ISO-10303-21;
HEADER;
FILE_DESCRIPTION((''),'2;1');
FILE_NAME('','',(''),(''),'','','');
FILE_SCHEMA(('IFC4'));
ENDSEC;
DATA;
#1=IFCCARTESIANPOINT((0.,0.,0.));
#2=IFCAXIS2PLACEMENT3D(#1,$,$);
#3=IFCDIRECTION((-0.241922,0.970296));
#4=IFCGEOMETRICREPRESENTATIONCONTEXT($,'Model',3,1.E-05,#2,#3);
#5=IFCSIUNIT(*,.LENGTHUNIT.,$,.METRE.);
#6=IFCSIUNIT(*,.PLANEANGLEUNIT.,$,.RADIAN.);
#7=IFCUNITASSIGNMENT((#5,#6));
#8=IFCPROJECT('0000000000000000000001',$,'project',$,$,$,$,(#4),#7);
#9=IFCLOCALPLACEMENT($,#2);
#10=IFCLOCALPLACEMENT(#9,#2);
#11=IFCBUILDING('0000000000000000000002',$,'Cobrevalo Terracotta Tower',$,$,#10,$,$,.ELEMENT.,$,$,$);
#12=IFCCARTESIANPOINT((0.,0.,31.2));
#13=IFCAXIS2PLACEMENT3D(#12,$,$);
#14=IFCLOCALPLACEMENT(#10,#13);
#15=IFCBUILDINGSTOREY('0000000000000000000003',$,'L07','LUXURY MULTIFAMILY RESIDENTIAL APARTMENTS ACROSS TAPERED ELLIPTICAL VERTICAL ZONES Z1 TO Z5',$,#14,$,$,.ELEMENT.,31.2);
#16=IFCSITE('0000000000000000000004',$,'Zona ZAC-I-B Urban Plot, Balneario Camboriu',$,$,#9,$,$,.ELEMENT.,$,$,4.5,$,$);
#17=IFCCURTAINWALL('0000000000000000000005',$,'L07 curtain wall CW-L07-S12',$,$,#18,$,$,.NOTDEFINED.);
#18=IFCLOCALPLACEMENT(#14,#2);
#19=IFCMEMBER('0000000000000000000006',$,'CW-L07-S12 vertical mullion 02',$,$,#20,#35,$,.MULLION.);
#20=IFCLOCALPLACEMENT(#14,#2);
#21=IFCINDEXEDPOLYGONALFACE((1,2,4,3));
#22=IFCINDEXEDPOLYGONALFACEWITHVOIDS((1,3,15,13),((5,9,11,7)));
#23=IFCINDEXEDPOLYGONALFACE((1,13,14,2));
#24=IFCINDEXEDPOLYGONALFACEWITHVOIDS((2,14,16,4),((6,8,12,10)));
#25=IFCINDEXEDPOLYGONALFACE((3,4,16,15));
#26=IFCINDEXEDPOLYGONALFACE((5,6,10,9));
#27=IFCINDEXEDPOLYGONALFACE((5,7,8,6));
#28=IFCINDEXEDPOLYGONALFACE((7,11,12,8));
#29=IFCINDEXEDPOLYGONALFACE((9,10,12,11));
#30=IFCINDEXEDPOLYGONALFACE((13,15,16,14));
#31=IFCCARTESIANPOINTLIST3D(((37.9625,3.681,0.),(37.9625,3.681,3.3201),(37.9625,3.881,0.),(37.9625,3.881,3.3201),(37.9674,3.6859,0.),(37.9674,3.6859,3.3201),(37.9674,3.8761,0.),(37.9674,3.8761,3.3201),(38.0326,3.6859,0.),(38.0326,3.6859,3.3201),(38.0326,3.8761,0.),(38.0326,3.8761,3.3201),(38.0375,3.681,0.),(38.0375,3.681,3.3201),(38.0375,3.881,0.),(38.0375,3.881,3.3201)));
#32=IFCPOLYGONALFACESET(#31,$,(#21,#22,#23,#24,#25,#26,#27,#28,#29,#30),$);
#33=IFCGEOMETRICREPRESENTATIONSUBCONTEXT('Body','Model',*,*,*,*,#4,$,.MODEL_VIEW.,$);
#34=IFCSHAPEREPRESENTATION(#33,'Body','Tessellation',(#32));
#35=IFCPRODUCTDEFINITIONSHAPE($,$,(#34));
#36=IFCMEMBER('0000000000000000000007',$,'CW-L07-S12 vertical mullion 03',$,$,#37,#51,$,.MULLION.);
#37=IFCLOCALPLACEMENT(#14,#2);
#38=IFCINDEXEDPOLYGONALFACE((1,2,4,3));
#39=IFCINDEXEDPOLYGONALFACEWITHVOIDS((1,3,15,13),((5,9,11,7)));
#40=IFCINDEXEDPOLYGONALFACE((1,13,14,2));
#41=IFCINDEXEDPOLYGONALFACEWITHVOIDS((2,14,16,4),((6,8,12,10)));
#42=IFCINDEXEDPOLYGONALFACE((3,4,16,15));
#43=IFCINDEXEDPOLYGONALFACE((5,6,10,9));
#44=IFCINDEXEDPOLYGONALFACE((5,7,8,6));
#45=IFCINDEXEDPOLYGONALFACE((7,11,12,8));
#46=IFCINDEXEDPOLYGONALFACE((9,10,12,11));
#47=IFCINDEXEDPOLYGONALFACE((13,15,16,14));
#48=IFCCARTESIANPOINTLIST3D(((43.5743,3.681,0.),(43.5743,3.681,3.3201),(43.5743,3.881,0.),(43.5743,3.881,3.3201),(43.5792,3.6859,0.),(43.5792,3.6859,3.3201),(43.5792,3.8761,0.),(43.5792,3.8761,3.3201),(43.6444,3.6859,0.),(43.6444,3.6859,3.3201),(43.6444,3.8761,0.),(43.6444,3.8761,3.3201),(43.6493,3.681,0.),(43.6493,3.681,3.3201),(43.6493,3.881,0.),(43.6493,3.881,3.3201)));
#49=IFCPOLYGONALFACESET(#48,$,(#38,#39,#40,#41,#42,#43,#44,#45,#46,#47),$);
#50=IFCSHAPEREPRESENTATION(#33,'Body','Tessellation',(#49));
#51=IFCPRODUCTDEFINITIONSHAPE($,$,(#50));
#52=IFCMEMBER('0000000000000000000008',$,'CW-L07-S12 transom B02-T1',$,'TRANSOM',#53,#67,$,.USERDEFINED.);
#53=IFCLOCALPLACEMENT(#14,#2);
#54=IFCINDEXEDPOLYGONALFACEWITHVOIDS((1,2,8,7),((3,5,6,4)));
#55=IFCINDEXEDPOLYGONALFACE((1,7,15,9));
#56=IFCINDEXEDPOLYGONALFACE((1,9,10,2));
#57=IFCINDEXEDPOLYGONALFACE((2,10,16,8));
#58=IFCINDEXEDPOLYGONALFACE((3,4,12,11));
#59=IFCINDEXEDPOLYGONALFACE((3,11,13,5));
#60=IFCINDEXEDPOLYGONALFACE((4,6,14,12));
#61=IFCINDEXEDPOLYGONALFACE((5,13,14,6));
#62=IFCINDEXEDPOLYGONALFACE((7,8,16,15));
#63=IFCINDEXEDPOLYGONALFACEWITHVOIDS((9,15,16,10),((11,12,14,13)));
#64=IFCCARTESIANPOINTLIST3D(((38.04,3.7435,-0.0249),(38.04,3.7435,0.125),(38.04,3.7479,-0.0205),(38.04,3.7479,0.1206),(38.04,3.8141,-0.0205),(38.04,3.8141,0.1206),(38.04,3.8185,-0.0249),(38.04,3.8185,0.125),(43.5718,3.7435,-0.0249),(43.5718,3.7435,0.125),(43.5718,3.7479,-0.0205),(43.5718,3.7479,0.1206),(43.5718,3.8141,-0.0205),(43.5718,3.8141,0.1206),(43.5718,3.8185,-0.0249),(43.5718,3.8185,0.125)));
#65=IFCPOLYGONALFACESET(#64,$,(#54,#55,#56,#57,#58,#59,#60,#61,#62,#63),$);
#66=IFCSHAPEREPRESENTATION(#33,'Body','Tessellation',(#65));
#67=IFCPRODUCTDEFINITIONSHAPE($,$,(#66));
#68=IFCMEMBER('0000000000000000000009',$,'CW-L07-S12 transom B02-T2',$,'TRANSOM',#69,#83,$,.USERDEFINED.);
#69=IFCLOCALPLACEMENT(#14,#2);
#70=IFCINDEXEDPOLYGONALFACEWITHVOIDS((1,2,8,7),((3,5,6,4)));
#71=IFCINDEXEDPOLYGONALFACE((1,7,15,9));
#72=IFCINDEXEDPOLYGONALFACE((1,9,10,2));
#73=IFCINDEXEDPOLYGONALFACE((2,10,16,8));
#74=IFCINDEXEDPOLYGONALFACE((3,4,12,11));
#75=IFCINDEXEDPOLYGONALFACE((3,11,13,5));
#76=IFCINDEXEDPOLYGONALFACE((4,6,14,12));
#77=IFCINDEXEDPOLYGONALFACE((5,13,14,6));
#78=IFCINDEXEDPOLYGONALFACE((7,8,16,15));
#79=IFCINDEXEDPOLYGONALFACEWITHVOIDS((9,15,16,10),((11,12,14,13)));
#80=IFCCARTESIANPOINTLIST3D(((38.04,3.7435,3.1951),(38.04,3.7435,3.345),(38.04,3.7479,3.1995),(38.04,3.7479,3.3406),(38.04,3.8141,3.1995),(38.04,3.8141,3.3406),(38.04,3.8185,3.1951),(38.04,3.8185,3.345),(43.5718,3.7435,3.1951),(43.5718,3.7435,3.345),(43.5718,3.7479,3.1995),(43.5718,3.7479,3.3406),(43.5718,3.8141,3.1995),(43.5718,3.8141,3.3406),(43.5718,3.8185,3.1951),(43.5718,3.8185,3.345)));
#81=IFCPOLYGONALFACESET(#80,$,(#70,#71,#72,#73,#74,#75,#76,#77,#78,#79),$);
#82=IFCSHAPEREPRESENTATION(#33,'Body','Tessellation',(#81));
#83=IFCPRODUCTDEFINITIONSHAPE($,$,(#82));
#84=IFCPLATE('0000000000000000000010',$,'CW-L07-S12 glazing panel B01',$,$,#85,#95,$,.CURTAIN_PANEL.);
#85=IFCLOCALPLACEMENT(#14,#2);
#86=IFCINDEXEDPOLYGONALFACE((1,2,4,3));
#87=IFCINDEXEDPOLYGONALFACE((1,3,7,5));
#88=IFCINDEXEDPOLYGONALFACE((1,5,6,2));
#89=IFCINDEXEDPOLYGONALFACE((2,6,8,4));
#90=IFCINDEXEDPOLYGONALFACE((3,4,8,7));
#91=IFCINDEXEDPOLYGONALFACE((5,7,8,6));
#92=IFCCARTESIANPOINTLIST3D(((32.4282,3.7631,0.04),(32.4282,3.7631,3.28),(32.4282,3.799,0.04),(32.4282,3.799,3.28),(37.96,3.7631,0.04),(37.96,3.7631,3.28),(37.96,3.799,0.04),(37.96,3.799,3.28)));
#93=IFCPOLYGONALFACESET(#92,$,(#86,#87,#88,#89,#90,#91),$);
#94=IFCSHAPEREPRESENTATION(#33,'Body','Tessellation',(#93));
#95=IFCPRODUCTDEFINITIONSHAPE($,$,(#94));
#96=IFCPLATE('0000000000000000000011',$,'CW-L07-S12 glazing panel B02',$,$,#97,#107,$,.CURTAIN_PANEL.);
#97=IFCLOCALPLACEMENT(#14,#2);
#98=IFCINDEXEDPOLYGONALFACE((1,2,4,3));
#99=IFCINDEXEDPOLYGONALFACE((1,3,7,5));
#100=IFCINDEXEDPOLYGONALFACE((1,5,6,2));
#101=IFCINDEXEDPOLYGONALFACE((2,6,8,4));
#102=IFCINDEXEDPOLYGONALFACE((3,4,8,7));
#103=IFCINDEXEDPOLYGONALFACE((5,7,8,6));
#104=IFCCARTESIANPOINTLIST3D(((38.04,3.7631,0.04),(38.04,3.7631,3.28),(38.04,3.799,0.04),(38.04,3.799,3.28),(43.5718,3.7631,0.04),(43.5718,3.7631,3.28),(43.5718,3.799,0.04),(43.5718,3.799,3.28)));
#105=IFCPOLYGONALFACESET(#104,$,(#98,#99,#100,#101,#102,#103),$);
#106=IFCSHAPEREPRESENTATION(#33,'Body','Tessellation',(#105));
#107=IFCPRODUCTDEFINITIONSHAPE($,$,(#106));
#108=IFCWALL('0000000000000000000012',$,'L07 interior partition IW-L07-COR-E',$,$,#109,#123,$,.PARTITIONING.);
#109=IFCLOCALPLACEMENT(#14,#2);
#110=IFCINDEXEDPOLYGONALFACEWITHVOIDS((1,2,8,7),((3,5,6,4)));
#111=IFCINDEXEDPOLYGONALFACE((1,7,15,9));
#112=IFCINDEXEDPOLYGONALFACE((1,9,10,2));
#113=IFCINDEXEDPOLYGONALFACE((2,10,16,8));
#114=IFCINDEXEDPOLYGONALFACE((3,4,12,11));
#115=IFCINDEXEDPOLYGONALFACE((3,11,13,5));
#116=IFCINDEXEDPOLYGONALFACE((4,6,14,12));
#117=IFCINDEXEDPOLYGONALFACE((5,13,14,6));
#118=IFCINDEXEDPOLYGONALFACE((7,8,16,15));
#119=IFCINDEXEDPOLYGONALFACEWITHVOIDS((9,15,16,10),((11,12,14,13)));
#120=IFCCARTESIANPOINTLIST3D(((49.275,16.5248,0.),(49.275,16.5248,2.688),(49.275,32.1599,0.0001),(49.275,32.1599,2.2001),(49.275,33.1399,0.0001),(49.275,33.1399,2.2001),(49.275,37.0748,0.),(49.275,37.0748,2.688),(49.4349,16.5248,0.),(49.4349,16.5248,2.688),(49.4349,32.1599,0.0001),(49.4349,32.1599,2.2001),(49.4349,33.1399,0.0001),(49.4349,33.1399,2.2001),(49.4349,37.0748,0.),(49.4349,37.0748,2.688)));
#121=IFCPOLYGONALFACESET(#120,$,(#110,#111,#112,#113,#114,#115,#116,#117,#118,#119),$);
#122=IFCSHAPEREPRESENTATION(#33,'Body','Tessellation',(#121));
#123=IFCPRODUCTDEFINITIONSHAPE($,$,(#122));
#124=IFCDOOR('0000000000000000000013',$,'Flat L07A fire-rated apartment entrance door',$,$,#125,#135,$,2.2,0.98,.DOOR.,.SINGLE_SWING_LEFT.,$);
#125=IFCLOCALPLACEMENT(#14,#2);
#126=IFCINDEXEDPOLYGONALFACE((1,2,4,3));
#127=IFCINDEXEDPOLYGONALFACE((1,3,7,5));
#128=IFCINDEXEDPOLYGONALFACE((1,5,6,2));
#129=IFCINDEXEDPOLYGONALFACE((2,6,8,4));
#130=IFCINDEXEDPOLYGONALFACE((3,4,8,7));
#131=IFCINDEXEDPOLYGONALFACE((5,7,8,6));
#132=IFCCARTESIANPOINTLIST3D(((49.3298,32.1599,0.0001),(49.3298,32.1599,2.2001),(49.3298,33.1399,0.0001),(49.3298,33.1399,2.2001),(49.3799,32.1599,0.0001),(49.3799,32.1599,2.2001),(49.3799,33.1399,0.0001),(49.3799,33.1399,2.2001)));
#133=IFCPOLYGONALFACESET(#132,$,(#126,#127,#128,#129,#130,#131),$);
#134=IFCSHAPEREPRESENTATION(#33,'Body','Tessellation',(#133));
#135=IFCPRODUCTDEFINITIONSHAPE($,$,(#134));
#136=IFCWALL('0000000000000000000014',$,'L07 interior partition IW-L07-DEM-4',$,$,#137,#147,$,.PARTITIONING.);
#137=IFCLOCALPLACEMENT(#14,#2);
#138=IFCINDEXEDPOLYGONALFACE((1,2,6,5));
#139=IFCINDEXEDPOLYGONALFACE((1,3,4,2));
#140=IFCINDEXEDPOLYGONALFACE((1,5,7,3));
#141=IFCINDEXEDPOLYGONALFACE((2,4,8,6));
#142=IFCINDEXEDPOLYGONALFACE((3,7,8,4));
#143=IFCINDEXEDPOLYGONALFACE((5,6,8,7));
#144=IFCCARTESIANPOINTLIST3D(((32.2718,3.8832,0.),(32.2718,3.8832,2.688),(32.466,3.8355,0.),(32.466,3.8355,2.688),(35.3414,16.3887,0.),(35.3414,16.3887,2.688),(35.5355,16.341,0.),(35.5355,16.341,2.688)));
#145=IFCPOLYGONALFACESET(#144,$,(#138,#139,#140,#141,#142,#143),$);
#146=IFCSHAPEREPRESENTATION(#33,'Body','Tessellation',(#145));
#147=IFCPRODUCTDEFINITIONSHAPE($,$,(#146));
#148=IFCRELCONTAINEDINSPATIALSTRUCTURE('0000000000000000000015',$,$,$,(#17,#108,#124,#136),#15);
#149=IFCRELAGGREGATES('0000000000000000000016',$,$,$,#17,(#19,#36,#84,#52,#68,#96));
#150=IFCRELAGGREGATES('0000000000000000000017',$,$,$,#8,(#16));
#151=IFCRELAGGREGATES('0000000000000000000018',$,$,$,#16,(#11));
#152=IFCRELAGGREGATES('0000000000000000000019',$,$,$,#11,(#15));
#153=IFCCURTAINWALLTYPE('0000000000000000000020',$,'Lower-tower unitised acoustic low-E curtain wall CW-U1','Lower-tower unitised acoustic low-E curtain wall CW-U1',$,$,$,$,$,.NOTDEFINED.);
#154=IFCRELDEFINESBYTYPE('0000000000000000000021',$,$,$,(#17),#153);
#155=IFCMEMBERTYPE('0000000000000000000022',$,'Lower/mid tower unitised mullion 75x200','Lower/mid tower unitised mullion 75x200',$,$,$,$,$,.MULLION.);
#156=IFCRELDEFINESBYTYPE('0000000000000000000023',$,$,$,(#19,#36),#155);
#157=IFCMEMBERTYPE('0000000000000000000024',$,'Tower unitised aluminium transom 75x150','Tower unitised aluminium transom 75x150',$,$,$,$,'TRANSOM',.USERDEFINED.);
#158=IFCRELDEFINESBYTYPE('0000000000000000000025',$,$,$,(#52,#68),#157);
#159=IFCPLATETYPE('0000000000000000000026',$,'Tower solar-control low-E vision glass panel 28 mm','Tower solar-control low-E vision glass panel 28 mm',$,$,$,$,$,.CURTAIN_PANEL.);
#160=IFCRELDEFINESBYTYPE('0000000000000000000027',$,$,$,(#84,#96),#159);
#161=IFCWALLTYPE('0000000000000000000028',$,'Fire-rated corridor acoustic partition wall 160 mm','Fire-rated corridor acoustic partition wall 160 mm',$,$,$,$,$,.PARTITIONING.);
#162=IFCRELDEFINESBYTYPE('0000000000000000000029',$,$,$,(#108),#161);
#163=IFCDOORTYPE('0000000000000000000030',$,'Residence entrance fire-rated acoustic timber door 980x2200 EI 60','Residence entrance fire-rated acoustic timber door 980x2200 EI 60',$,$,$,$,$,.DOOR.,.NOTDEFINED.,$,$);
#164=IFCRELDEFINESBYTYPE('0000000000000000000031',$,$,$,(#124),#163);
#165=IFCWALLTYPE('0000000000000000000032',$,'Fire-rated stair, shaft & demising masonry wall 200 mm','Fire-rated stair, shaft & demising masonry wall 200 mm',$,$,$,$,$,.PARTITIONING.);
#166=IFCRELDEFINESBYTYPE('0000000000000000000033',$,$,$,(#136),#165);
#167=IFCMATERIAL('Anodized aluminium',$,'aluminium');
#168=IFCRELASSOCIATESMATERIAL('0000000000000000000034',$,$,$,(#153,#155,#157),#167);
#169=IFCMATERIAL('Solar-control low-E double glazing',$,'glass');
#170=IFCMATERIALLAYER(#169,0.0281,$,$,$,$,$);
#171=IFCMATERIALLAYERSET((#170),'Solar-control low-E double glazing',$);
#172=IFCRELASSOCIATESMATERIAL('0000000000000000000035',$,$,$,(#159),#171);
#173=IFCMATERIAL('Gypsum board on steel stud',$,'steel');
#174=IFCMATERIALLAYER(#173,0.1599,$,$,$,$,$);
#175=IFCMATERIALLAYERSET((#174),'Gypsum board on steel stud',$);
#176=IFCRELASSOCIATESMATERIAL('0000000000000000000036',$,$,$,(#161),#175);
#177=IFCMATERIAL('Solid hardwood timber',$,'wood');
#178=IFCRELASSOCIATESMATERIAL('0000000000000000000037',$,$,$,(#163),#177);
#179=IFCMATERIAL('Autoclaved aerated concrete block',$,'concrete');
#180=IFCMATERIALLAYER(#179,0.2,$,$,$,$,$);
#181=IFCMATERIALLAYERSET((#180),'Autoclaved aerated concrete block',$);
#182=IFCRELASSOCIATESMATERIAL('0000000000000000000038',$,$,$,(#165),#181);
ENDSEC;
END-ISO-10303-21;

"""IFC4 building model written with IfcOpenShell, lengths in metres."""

from ifc_helpers import new_model, si_unit, direction, frame, frame_2d, origin, origin_2d, place, context, subcontext, project, spatial, rectangle, hollow_rectangle, extrude, source, transform, mapped, material, layer, layer_set, material_profile, profile_set, type_object, element, fill, aggregate, save


model = new_model("IFC4")

# Units and contexts
model_context = context("Model", 3, precision=1e-05, world=origin(), true_north=direction((-0.241922, 0.970296)))
body_context = subcontext(model_context, "Body", "Model", "MODEL_VIEW")
ifc_project = project(units=[si_unit("LENGTHUNIT", "METRE"), si_unit("PLANEANGLEUNIT", "RADIAN")], contexts=[model_context])

# Site, building, storey
site_placement = place(None, origin())
site = spatial("IfcSite", under=ifc_project, at=site_placement, Name="Zona ZAC-I-B Urban Plot, Balneario Camboriu", CompositionType="ELEMENT", RefElevation=4.5)
building_placement = place(site_placement, origin())
building = spatial("IfcBuilding", under=site, at=building_placement, Name="Cobrevalo Terracotta Tower", CompositionType="ELEMENT")
storey_placement = place(building_placement, frame((0.0, 0.0, 31.2)))
storey = spatial("IfcBuildingStorey", under=building, at=storey_placement, Name="L07", Description="LUXURY MULTIFAMILY RESIDENTIAL APARTMENTS ACROSS TAPERED ELLIPTICAL VERTICAL ZONES Z1 TO Z5", CompositionType="ELEMENT", Elevation=31.2)

# Curtain wall, members, plates
ifc_material_1 = material(Name="Anodized aluminium", Category="aluminium")
curtain_wall_type = type_object("IfcCurtainWallType", Name="Lower-tower unitised acoustic low-E curtain wall CW-U1", Description="Lower-tower unitised acoustic low-E curtain wall CW-U1", PredefinedType="NOTDEFINED", material=ifc_material_1)
curtain_wall_placement = place(storey_placement, origin())
curtain_wall = element("IfcCurtainWall", 1, at=curtain_wall_placement, inside=storey, type_object=curtain_wall_type, Name="L07 curtain wall CW-L07-S12", PredefinedType="NOTDEFINED")
ifc_material_profile_1 = material_profile(ifc_material_1, hollow_rectangle(XDim=0.075, YDim=0.2, WallThickness=0.0049, at=origin_2d()), Name="CWM 75x200")
ifc_profile_set_1 = profile_set([ifc_material_profile_1], Name="Anodized aluminium")
member_type_1 = type_object("IfcMemberType", Name="Lower/mid tower unitised mullion 75x200", Description="Lower/mid tower unitised mullion 75x200", PredefinedType="MULLION", material=ifc_profile_set_1)
shared_shape_1 = source(origin(), body_context, "Body", "SweptSolid", [
    extrude(hollow_rectangle(XDim=0.075, YDim=0.2, WallThickness=0.0049, at=origin_2d()), origin(), (0.0, 0.0, 1.0), 3.3201),
])
member_1_placement = place(storey_placement, frame((38.0, 3.781, 0.0), z_axis=(0.0, 0.0, 1.0), x_axis=(1.0, 0.0, 0.0)))
member_1 = element("IfcMember", 2, at=member_1_placement, type_object=member_type_1, Name="CW-L07-S12 vertical mullion 02", PredefinedType="MULLION", context=body_context, shape_type="MappedRepresentation", body=[
    mapped(shared_shape_1, transform((0.0, 0.0, 0.0), scale=1.0)),
])
member_2_placement = place(storey_placement, frame((43.6118, 3.781, 0.0), z_axis=(0.0, 0.0, 1.0), x_axis=(1.0, 0.0, 0.0)))
member_2 = element("IfcMember", 3, at=member_2_placement, type_object=member_type_1, Name="CW-L07-S12 vertical mullion 03", PredefinedType="MULLION", context=body_context, shape_type="MappedRepresentation", body=[
    mapped(shared_shape_1, transform((0.0, 0.0, 0.0), scale=1.0)),
])
ifc_material_profile_2 = material_profile(ifc_material_1, hollow_rectangle(XDim=0.075, YDim=0.1499, WallThickness=0.0044, at=origin_2d()), Name="CWT 75x150")
ifc_profile_set_2 = profile_set([ifc_material_profile_2], Name="Anodized aluminium")
member_type_2 = type_object("IfcMemberType", Name="Tower unitised aluminium transom 75x150", Description="Tower unitised aluminium transom 75x150", ElementType="TRANSOM", PredefinedType="USERDEFINED", material=ifc_profile_set_2)
shared_shape_2 = source(origin(), body_context, "Body", "SweptSolid", [
    extrude(hollow_rectangle(XDim=0.075, YDim=0.1499, WallThickness=0.0044, at=origin_2d()), origin(), (0.0, 0.0, 1.0), 5.5317),
])
member_3_placement = place(storey_placement, frame((38.04, 3.781, 0.05), z_axis=(1.0, 0.0, 0.0), x_axis=(0.0, 1.0, 0.0)))
member_3 = element("IfcMember", 4, at=member_3_placement, type_object=member_type_2, Name="CW-L07-S12 transom B02-T1", ObjectType="TRANSOM", PredefinedType="USERDEFINED", context=body_context, shape_type="MappedRepresentation", body=[
    mapped(shared_shape_2, transform((0.0, 0.0, 0.0), scale=1.0)),
])
member_4_placement = place(storey_placement, frame((38.04, 3.781, 3.27), z_axis=(1.0, 0.0, 0.0), x_axis=(0.0, 1.0, 0.0)))
member_4 = element("IfcMember", 5, at=member_4_placement, type_object=member_type_2, Name="CW-L07-S12 transom B02-T2", ObjectType="TRANSOM", PredefinedType="USERDEFINED", context=body_context, shape_type="MappedRepresentation", body=[
    mapped(shared_shape_2, transform((0.0, 0.0, 0.0), scale=1.0)),
])
ifc_material_2 = material(Name="Solar-control low-E double glazing", Category="glass")
ifc_layer_1 = layer(ifc_material_2, 0.0281)
ifc_layer_set_1 = layer_set([ifc_layer_1], Name="Solar-control low-E double glazing")
plate_type = type_object("IfcPlateType", Name="Tower solar-control low-E vision glass panel 28 mm", Description="Tower solar-control low-E vision glass panel 28 mm", PredefinedType="CURTAIN_PANEL", material=ifc_layer_set_1)
shared_shape_3 = source(origin(), body_context, "Body", "SweptSolid", [
    extrude(rectangle(XDim=5.5317, YDim=0.0359, at=origin_2d()), origin(), (0.0, 0.0, 1.0), 3.24),
])
plate_1_placement = place(storey_placement, frame((35.1941, 3.781, 0.04), z_axis=(0.0, 0.0, 1.0), x_axis=(1.0, 0.0, 0.0)))
plate_1 = element("IfcPlate", 6, at=plate_1_placement, type_object=plate_type, Name="CW-L07-S12 glazing panel B01", PredefinedType="CURTAIN_PANEL", context=body_context, shape_type="MappedRepresentation", body=[
    mapped(shared_shape_3, transform((0.0, 0.0, 0.0), scale=1.0)),
])
plate_2_placement = place(storey_placement, frame((40.8059, 3.781, 0.04), z_axis=(0.0, 0.0, 1.0), x_axis=(1.0, 0.0, 0.0)))
plate_2 = element("IfcPlate", 7, at=plate_2_placement, type_object=plate_type, Name="CW-L07-S12 glazing panel B02", PredefinedType="CURTAIN_PANEL", context=body_context, shape_type="MappedRepresentation", body=[
    mapped(shared_shape_3, transform((0.0, 0.0, 0.0), scale=1.0)),
])
aggregate(curtain_wall, [member_1, member_2, plate_1, member_3, member_4, plate_2])

# Wall, opening, door
ifc_material_3 = material(Name="Gypsum board on steel stud", Category="steel")
ifc_layer_2 = layer(ifc_material_3, 0.1599)
ifc_layer_set_2 = layer_set([ifc_layer_2], Name="Gypsum board on steel stud")
wall_type_1 = type_object("IfcWallType", Name="Fire-rated corridor acoustic partition wall 160 mm", Description="Fire-rated corridor acoustic partition wall 160 mm", PredefinedType="PARTITIONING", material=ifc_layer_set_2)
wall_1_placement = place(storey_placement, frame((49.355, 16.5249, 0.0), z_axis=(0.0, 0.0, 1.0), x_axis=(0.0, 1.0, 0.0)))
wall_1 = element("IfcWall", 8, at=wall_1_placement, inside=storey, type_object=wall_type_1, Name="L07 interior partition IW-L07-COR-E", PredefinedType="PARTITIONING", context=body_context, shape_type="SweptSolid", body=[
    extrude(rectangle(XDim=20.55, YDim=0.1599, at=frame_2d((10.2749, 0.0))), origin(), (0.0, 0.0, 1.0), 2.688),
])
opening_1_placement = place(wall_1_placement, frame((15.635, 0.0, 0.0)))
opening_1 = element("IfcOpeningElement", 9, at=opening_1_placement, cuts=wall_1, PredefinedType="OPENING", context=body_context, shape_type="SweptSolid", body=[
    extrude(rectangle(XDim=0.98, YDim=2.2, at=frame_2d((0.49, 1.1001))), frame((0.0, 0.0898, 0.0), z_axis=(0.0, -1.0, 0.0), x_axis=(1.0, 0.0, 0.0)), (0.0, 0.0, 1.0), 0.1799),
])
ifc_material_4 = material(Name="Solid hardwood timber", Category="wood")
door_type_1 = type_object("IfcDoorType", Name="Residence entrance fire-rated acoustic timber door 980x2200 EI 60", Description="Residence entrance fire-rated acoustic timber door 980x2200 EI 60", OperationType="NOTDEFINED", PredefinedType="DOOR", material=ifc_material_4)
shared_shape_4 = source(origin(), body_context, "Body", "SweptSolid", [
    extrude(rectangle(XDim=0.98, YDim=2.2, at=frame_2d((0.49, 1.1001))), frame((0.0, 0.0249, 0.0), z_axis=(0.0, -1.0, 0.0), x_axis=(1.0, 0.0, 0.0)), (0.0, 0.0, 1.0), 0.05),
])
door_1_placement = place(opening_1_placement, frame((0.98, 0.0, 0.0), z_axis=(0.0, 0.0, 1.0), x_axis=(-1.0, 0.0, 0.0)))
door_1 = element("IfcDoor", 10, at=door_1_placement, inside=storey, type_object=door_type_1, Name="Flat L07A fire-rated apartment entrance door", OperationType="SINGLE_SWING_LEFT", OverallHeight=2.2, OverallWidth=0.98, PredefinedType="DOOR", context=body_context, shape_type="MappedRepresentation", body=[
    mapped(shared_shape_4, transform((0.0, 0.0, 0.0), scale=1.0)),
])
fill(opening_1, door_1)

# Wall
ifc_material_5 = material(Name="Autoclaved aerated concrete block", Category="concrete")
ifc_layer_3 = layer(ifc_material_5, 0.2)
ifc_layer_set_3 = layer_set([ifc_layer_3], Name="Autoclaved aerated concrete block")
wall_type_2 = type_object("IfcWallType", Name="Fire-rated stair, shaft & demising masonry wall 200 mm", Description="Fire-rated stair, shaft & demising masonry wall 200 mm", PredefinedType="PARTITIONING", material=ifc_layer_set_3)
wall_2_placement = place(storey_placement, frame((35.4385, 16.365, 0.0), z_axis=(0.0, 0.0, 1.0), x_axis=(-0.23838, -0.971172, 0.0)))
element("IfcWall", 11, at=wall_2_placement, inside=storey, type_object=wall_type_2, Name="L07 interior partition IW-L07-DEM-4", PredefinedType="PARTITIONING", context=body_context, shape_type="SweptSolid", body=[
    extrude(rectangle(XDim=12.8767, YDim=0.2, at=frame_2d((6.4385, 0.0))), origin(), (0.0, 0.0, 1.0), 2.688),
])

save(model, "model.ifc")
